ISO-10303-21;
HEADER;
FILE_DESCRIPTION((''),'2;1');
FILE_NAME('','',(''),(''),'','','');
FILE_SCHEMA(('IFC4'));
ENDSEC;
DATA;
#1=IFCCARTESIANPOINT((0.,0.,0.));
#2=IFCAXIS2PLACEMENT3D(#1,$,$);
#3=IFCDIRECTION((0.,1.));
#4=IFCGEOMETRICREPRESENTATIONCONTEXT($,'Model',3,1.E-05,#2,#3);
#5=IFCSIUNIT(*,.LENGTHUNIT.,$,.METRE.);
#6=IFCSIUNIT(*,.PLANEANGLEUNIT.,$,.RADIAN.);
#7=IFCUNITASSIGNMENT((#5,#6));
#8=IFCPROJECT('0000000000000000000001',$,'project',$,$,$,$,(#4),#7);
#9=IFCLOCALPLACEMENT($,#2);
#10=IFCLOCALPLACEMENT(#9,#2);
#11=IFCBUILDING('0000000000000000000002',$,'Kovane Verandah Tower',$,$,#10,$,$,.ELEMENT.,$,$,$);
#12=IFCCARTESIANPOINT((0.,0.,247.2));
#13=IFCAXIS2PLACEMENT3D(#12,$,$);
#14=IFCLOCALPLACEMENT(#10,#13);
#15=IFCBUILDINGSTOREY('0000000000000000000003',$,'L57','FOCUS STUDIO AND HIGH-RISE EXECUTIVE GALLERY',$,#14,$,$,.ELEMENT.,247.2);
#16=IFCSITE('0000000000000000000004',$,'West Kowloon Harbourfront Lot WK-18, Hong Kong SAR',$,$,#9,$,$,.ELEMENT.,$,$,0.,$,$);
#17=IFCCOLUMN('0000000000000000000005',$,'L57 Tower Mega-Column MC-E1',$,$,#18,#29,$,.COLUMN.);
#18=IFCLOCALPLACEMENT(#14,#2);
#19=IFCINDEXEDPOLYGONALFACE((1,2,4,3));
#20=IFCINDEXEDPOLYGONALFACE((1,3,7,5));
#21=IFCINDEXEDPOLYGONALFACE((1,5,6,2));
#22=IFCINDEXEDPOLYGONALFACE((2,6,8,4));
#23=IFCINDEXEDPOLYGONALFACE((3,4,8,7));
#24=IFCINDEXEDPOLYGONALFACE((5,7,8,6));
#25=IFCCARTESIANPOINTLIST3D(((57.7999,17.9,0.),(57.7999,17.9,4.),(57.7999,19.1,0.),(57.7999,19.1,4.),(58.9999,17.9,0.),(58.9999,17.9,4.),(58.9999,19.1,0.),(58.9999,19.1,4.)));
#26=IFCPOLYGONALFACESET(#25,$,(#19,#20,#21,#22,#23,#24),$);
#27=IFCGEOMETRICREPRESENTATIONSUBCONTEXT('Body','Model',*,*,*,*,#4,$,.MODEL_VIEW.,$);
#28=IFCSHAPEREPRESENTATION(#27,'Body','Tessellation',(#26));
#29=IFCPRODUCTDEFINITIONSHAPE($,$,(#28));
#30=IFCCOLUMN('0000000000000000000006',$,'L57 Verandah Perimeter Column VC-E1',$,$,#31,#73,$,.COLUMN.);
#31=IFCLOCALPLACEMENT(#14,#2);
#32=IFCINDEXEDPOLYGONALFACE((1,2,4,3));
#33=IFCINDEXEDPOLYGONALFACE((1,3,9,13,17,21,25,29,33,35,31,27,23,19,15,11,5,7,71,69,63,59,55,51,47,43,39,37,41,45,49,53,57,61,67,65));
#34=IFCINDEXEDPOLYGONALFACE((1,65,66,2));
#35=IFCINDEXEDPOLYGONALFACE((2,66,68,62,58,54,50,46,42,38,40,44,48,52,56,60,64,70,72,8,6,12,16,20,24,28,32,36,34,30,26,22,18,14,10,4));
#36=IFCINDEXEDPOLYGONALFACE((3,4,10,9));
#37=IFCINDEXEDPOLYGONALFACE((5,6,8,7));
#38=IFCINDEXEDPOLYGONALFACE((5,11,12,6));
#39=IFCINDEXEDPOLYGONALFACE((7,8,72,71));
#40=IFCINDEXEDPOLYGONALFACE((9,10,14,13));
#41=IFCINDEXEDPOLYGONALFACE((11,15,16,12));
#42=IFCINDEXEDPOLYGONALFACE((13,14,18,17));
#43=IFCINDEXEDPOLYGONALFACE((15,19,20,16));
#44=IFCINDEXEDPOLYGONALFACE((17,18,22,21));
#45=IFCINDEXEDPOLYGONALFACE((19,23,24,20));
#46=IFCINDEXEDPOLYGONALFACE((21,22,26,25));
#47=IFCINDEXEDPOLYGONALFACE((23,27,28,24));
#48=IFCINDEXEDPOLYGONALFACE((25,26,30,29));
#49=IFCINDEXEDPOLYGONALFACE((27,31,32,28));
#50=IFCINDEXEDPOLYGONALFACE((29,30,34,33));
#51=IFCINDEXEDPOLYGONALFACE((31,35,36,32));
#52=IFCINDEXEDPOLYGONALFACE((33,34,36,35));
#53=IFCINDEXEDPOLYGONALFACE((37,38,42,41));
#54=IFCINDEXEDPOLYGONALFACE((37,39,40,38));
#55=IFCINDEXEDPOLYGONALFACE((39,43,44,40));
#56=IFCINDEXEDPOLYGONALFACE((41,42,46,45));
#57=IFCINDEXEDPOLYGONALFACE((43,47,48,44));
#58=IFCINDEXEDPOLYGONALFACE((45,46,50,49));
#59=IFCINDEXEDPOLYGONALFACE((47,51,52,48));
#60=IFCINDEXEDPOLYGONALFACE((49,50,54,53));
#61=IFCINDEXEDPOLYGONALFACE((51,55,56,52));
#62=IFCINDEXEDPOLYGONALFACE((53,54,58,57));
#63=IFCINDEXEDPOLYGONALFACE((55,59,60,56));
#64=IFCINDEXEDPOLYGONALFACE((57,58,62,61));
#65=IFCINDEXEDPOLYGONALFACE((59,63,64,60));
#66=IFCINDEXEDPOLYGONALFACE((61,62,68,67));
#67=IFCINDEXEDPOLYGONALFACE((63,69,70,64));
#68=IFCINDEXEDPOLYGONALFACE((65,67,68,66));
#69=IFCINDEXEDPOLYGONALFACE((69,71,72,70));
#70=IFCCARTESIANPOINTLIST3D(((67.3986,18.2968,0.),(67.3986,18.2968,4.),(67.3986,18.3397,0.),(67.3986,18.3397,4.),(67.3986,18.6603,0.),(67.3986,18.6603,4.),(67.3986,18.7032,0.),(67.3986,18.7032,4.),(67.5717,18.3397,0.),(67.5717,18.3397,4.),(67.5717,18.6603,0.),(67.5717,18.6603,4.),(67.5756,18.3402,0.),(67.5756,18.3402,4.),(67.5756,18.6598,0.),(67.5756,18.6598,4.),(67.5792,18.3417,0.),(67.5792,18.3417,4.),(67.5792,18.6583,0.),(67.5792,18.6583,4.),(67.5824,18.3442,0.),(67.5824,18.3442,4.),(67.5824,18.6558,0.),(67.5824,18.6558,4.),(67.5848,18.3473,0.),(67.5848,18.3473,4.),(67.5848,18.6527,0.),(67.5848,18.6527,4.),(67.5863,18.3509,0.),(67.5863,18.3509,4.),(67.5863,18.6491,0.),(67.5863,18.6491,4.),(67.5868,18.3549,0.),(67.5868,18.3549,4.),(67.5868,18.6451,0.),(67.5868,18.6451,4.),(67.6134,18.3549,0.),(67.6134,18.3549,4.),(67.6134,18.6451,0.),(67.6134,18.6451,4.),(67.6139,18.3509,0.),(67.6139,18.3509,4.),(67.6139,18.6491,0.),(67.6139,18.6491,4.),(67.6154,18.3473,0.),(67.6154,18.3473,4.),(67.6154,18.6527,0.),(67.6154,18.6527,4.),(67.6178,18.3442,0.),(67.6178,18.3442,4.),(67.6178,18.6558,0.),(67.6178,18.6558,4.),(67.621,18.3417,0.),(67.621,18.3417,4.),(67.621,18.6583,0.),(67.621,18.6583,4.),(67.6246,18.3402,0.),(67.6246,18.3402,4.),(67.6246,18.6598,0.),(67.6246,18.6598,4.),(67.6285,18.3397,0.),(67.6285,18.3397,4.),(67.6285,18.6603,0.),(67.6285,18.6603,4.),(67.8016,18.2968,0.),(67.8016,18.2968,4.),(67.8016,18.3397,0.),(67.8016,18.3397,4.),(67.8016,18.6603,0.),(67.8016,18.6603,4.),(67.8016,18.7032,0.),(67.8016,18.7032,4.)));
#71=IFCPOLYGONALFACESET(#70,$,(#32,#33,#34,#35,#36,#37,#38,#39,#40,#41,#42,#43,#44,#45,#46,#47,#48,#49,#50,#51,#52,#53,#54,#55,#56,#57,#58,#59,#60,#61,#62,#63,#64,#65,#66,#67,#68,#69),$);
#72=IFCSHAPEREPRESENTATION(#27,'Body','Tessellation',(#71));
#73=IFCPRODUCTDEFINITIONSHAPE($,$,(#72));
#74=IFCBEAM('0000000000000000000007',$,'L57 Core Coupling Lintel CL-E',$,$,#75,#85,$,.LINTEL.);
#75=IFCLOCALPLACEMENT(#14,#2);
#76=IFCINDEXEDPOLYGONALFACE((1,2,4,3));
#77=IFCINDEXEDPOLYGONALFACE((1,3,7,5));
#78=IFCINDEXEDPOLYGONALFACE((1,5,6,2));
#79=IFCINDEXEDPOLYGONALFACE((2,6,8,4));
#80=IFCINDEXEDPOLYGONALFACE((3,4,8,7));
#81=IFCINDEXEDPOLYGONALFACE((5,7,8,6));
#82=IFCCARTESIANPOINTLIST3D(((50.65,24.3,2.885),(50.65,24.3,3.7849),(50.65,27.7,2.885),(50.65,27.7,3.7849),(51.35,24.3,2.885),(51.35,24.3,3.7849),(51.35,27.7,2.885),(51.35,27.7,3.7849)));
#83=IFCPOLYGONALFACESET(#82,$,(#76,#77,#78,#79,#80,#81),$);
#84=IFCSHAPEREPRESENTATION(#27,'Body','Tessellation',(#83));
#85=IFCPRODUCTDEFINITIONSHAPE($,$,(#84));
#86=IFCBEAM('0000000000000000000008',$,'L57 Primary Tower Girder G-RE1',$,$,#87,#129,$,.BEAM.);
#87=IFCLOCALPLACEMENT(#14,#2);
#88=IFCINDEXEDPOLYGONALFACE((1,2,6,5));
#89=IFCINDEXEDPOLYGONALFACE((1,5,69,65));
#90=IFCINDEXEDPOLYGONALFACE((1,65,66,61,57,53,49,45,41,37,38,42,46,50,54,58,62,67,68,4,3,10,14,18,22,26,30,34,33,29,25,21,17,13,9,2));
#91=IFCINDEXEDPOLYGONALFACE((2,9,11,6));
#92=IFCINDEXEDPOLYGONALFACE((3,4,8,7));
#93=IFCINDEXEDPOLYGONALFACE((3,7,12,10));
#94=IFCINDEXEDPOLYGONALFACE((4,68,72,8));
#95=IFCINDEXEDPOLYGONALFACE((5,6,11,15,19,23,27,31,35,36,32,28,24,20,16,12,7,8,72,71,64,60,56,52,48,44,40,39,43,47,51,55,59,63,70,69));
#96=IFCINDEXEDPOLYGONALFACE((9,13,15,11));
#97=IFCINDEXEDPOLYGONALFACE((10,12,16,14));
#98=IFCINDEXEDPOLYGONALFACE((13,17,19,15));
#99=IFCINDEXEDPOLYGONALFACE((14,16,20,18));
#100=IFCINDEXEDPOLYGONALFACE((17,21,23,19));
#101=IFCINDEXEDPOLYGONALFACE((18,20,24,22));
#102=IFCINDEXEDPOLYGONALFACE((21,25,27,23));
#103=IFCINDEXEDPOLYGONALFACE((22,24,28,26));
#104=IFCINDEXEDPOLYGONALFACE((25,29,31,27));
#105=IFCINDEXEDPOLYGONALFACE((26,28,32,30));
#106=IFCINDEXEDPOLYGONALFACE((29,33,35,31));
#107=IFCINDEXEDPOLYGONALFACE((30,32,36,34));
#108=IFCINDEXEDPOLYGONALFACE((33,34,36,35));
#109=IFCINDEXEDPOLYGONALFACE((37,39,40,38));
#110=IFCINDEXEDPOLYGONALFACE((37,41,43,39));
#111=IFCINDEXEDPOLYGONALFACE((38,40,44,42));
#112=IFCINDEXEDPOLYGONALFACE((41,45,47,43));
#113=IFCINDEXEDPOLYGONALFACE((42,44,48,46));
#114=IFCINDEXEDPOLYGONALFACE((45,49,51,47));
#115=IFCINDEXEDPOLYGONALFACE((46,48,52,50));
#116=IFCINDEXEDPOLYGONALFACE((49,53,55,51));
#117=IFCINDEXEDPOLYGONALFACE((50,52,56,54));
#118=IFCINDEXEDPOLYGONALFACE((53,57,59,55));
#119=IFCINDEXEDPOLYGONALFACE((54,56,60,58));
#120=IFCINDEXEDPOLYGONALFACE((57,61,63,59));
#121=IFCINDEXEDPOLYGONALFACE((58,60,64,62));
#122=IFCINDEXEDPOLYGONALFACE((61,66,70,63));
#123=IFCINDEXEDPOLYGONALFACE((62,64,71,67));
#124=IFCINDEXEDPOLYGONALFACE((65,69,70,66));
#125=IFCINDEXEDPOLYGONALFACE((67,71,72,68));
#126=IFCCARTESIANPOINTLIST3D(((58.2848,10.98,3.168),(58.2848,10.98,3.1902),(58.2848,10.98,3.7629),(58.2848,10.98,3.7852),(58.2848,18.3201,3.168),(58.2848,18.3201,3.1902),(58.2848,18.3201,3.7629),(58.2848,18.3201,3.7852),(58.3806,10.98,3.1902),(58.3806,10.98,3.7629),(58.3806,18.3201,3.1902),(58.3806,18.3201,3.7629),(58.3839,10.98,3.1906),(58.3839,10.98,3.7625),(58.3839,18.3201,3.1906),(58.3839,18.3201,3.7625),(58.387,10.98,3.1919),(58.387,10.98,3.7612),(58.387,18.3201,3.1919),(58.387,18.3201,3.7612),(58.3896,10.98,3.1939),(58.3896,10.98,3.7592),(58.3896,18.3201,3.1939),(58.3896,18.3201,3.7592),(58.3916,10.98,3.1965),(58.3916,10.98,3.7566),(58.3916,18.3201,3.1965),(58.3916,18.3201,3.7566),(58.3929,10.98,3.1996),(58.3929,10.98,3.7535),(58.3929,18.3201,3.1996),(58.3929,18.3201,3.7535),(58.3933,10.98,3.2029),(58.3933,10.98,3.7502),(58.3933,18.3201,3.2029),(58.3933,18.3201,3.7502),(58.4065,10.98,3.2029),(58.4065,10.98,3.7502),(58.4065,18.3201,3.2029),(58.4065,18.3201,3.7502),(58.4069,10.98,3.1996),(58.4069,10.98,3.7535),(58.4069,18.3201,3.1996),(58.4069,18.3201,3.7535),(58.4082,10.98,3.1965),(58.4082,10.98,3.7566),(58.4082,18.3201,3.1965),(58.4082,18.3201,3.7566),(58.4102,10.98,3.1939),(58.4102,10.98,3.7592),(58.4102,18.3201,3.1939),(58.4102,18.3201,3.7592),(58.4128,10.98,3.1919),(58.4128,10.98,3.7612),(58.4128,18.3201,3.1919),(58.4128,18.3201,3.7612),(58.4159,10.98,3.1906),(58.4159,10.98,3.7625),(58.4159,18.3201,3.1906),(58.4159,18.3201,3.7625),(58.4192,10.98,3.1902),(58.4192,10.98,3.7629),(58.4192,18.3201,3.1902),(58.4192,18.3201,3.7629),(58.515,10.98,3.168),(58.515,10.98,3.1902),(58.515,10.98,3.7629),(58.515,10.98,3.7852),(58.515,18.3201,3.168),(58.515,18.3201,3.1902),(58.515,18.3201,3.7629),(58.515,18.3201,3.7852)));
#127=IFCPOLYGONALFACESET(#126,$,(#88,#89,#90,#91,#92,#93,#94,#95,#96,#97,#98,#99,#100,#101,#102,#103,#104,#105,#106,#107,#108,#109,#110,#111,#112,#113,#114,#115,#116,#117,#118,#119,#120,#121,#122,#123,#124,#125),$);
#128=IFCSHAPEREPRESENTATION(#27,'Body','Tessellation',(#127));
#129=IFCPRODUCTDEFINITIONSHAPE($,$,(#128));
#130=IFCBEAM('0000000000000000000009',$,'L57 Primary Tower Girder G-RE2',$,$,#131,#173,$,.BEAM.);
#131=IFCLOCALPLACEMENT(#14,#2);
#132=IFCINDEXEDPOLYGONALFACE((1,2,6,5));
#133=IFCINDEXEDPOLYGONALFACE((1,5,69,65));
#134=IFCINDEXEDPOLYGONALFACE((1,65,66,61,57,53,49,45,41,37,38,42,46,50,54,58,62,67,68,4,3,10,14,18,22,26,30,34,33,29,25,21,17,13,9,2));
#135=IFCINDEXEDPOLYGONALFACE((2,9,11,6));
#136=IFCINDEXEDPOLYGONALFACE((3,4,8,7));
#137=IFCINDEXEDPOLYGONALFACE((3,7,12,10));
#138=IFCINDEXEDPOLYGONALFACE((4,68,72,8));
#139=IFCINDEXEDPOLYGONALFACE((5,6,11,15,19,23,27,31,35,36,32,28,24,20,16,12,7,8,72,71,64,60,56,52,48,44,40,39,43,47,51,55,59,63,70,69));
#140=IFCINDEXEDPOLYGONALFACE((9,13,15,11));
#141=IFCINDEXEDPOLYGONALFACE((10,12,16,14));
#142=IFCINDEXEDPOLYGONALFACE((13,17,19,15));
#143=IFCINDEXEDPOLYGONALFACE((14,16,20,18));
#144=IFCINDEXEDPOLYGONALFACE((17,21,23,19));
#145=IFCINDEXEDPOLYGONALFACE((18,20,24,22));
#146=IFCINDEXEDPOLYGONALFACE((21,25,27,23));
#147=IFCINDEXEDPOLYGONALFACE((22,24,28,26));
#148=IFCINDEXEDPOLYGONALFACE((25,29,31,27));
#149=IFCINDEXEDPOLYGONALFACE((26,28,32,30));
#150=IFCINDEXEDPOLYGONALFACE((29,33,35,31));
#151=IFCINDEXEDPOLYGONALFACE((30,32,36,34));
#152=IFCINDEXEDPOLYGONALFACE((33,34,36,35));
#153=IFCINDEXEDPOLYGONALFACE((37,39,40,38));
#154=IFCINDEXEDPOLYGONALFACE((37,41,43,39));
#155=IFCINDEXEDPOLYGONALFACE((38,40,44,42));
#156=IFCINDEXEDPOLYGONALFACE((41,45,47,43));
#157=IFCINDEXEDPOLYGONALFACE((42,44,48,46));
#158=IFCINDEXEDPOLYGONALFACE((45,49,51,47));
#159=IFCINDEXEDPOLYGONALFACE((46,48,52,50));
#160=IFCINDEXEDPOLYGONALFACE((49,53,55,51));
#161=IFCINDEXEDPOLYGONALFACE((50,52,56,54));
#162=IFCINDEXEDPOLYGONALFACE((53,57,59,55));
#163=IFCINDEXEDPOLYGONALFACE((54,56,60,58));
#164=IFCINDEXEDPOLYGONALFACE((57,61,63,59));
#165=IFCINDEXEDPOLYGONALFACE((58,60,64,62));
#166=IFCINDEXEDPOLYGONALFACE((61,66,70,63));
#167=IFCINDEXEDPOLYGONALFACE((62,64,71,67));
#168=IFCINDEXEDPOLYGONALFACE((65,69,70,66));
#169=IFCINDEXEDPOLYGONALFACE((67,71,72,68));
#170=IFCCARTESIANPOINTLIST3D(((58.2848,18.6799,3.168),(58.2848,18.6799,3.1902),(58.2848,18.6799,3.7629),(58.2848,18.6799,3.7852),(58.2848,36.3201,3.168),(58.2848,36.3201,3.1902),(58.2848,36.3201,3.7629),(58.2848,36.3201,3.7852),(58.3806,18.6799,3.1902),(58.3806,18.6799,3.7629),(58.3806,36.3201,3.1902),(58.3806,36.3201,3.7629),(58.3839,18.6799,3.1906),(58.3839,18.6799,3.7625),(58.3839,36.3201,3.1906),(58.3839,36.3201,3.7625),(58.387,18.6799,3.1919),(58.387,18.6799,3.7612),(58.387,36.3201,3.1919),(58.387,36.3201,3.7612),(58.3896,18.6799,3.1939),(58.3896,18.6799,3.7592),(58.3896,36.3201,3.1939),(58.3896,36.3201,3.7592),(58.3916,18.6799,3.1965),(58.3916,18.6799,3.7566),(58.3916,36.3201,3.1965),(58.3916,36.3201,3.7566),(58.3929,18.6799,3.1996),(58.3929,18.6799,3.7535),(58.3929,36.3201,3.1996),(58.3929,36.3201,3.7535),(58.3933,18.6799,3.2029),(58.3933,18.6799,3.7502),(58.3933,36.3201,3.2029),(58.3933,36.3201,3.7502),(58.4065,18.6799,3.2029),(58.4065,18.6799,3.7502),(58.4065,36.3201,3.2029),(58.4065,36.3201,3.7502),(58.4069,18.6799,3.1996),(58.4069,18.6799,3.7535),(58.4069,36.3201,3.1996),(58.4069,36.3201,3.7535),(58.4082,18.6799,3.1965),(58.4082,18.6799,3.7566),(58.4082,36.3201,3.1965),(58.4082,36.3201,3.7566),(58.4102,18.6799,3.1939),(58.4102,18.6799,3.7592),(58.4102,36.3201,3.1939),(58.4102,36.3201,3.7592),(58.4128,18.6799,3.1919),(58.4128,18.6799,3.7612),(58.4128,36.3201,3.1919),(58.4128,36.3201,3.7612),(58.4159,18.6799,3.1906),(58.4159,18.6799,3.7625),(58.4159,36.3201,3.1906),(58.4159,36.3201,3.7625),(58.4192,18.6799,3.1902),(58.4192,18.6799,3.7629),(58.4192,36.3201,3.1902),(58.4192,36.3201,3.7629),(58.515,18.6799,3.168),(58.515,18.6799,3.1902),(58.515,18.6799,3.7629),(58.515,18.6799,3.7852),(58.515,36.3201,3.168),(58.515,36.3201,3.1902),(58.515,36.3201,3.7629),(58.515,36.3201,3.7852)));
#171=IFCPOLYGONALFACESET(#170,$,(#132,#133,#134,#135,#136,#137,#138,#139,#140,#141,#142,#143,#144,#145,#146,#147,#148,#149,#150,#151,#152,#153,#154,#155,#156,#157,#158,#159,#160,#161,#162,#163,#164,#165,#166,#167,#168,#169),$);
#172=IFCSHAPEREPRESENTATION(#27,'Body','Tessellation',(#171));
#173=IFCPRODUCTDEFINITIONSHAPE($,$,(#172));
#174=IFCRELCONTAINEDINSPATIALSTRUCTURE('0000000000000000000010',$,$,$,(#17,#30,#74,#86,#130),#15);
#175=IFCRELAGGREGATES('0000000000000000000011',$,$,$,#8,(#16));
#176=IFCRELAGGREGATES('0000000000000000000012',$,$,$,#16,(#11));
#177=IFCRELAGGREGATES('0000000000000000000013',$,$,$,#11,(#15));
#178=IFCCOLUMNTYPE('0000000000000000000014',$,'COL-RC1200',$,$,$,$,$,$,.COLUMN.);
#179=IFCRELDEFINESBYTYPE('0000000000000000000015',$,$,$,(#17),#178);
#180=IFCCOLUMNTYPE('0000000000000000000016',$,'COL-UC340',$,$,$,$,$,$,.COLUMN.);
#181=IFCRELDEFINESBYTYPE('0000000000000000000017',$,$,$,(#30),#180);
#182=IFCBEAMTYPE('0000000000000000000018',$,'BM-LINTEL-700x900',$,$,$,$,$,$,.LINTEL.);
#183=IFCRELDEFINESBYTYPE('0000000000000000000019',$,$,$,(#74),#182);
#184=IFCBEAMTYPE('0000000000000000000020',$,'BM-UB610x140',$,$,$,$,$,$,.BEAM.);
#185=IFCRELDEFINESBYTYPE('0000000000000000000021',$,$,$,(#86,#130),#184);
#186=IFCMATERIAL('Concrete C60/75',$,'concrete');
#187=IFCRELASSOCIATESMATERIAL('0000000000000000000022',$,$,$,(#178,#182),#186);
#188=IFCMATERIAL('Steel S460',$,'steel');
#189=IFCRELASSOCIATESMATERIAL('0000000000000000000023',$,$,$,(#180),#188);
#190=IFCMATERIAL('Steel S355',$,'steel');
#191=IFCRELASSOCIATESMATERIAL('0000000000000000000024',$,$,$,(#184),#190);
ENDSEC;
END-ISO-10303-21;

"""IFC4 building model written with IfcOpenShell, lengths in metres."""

from ifc_helpers import new_model, si_unit, direction, frame, origin, origin_2d, place, context, subcontext, project, spatial, rectangle, i_section, extrude, material, material_profile, profile_set, type_object, element, save


model = new_model("IFC4")

# Units and contexts
model_context = context("Model", 3, precision=1e-05, world=origin(), true_north=direction((0.0, 1.0)))
body_context = subcontext(model_context, "Body", "Model", "MODEL_VIEW")
ifc_project = project(units=[si_unit("LENGTHUNIT", "METRE"), si_unit("PLANEANGLEUNIT", "RADIAN")], contexts=[model_context])

# Site, building, storey
site_placement = place(None, origin())
site = spatial("IfcSite", under=ifc_project, at=site_placement, Name="West Kowloon Harbourfront Lot WK-18, Hong Kong SAR", CompositionType="ELEMENT", RefElevation=0.0)
building_placement = place(site_placement, origin())
building = spatial("IfcBuilding", under=site, at=building_placement, Name="Kovane Verandah Tower", CompositionType="ELEMENT")
storey_placement = place(building_placement, frame((0.0, 0.0, 247.2)))
storey = spatial("IfcBuildingStorey", under=building, at=storey_placement, Name="L57", Description="FOCUS STUDIO AND HIGH-RISE EXECUTIVE GALLERY", CompositionType="ELEMENT", Elevation=247.2)

# Columns
ifc_material_1 = material(Name="Concrete C60/75", Category="concrete")
ifc_material_profile_1 = material_profile(ifc_material_1, rectangle(XDim=1.2, YDim=1.2, at=origin_2d()), Name="RC1200x1200")
ifc_profile_set_1 = profile_set([ifc_material_profile_1], Name="Concrete C60/75")
column_type_1 = type_object("IfcColumnType", Name="COL-RC1200", PredefinedType="COLUMN", material=ifc_profile_set_1)
column_1_placement = place(storey_placement, frame((58.3999, 18.5, 0.0), z_axis=(0.0, 0.0, 1.0), x_axis=(1.0, 0.0, 0.0)))
element("IfcColumn", 1, at=column_1_placement, inside=storey, type_object=column_type_1, Name="L57 Tower Mega-Column MC-E1", PredefinedType="COLUMN", context=body_context, shape_type="SweptSolid", body=[
    extrude(rectangle(XDim=1.2, YDim=1.2, at=origin_2d()), origin(), (0.0, 0.0, 1.0), 4.0),
])
ifc_material_2 = material(Name="Steel S460", Category="steel")
ifc_material_profile_2 = material_profile(ifc_material_2, i_section(OverallWidth=0.4031, OverallDepth=0.4065, WebThickness=0.0266, FlangeThickness=0.043, FilletRadius=0.0151, at=origin_2d()), Name="UC356x406x340")
ifc_profile_set_2 = profile_set([ifc_material_profile_2], Name="Steel S460")
column_type_2 = type_object("IfcColumnType", Name="COL-UC340", PredefinedType="COLUMN", material=ifc_profile_set_2)
column_2_placement = place(storey_placement, frame((67.6001, 18.5, 0.0), z_axis=(0.0, 0.0, 1.0), x_axis=(1.0, 0.0, 0.0)))
element("IfcColumn", 2, at=column_2_placement, inside=storey, type_object=column_type_2, Name="L57 Verandah Perimeter Column VC-E1", PredefinedType="COLUMN", context=body_context, shape_type="SweptSolid", body=[
    extrude(i_section(OverallWidth=0.4031, OverallDepth=0.4065, WebThickness=0.0266, FlangeThickness=0.043, FilletRadius=0.0151, at=origin_2d()), origin(), (0.0, 0.0, 1.0), 4.0),
])

# Beams
ifc_material_profile_3 = material_profile(ifc_material_1, rectangle(XDim=0.7, YDim=0.8999, at=origin_2d()), Name="RCB700x900")
ifc_profile_set_3 = profile_set([ifc_material_profile_3], Name="Concrete C60/75")
beam_type_1 = type_object("IfcBeamType", Name="BM-LINTEL-700x900", PredefinedType="LINTEL", material=ifc_profile_set_3)
beam_1_placement = place(storey_placement, frame((51.0, 24.3, 3.335), z_axis=(0.0, 1.0, 0.0), x_axis=(-1.0, 0.0, 0.0)))
element("IfcBeam", 3, at=beam_1_placement, inside=storey, type_object=beam_type_1, Name="L57 Core Coupling Lintel CL-E", PredefinedType="LINTEL", context=body_context, shape_type="SweptSolid", body=[
    extrude(rectangle(XDim=0.7, YDim=0.8999, at=origin_2d()), origin(), (0.0, 0.0, 1.0), 3.3999),
])
ifc_material_3 = material(Name="Steel S355", Category="steel")
ifc_material_profile_4 = material_profile(ifc_material_3, i_section(OverallWidth=0.2302, OverallDepth=0.6172, WebThickness=0.0132, FlangeThickness=0.0222, FilletRadius=0.0127, at=origin_2d()), Name="UB610x229x140")
ifc_profile_set_4 = profile_set([ifc_material_profile_4], Name="Steel S355")
beam_type_2 = type_object("IfcBeamType", Name="BM-UB610x140", PredefinedType="BEAM", material=ifc_profile_set_4)
beam_2_placement = place(storey_placement, frame((58.3999, 10.98, 3.4766), z_axis=(0.0, 1.0, 0.0), x_axis=(-1.0, 0.0, 0.0)))
element("IfcBeam", 4, at=beam_2_placement, inside=storey, type_object=beam_type_2, Name="L57 Primary Tower Girder G-RE1", PredefinedType="BEAM", context=body_context, shape_type="SweptSolid", body=[
    extrude(i_section(OverallWidth=0.2302, OverallDepth=0.6172, WebThickness=0.0132, FlangeThickness=0.0222, FilletRadius=0.0127, at=origin_2d()), origin(), (0.0, 0.0, 1.0), 7.3401),
])
beam_3_placement = place(storey_placement, frame((58.3999, 18.6799, 3.4766), z_axis=(0.0, 1.0, 0.0), x_axis=(-1.0, 0.0, 0.0)))
element("IfcBeam", 5, at=beam_3_placement, inside=storey, type_object=beam_type_2, Name="L57 Primary Tower Girder G-RE2", PredefinedType="BEAM", context=body_context, shape_type="SweptSolid", body=[
    extrude(i_section(OverallWidth=0.2302, OverallDepth=0.6172, WebThickness=0.0132, FlangeThickness=0.0222, FilletRadius=0.0127, at=origin_2d()), origin(), (0.0, 0.0, 1.0), 17.6401),
])

save(model, "model.ifc")
